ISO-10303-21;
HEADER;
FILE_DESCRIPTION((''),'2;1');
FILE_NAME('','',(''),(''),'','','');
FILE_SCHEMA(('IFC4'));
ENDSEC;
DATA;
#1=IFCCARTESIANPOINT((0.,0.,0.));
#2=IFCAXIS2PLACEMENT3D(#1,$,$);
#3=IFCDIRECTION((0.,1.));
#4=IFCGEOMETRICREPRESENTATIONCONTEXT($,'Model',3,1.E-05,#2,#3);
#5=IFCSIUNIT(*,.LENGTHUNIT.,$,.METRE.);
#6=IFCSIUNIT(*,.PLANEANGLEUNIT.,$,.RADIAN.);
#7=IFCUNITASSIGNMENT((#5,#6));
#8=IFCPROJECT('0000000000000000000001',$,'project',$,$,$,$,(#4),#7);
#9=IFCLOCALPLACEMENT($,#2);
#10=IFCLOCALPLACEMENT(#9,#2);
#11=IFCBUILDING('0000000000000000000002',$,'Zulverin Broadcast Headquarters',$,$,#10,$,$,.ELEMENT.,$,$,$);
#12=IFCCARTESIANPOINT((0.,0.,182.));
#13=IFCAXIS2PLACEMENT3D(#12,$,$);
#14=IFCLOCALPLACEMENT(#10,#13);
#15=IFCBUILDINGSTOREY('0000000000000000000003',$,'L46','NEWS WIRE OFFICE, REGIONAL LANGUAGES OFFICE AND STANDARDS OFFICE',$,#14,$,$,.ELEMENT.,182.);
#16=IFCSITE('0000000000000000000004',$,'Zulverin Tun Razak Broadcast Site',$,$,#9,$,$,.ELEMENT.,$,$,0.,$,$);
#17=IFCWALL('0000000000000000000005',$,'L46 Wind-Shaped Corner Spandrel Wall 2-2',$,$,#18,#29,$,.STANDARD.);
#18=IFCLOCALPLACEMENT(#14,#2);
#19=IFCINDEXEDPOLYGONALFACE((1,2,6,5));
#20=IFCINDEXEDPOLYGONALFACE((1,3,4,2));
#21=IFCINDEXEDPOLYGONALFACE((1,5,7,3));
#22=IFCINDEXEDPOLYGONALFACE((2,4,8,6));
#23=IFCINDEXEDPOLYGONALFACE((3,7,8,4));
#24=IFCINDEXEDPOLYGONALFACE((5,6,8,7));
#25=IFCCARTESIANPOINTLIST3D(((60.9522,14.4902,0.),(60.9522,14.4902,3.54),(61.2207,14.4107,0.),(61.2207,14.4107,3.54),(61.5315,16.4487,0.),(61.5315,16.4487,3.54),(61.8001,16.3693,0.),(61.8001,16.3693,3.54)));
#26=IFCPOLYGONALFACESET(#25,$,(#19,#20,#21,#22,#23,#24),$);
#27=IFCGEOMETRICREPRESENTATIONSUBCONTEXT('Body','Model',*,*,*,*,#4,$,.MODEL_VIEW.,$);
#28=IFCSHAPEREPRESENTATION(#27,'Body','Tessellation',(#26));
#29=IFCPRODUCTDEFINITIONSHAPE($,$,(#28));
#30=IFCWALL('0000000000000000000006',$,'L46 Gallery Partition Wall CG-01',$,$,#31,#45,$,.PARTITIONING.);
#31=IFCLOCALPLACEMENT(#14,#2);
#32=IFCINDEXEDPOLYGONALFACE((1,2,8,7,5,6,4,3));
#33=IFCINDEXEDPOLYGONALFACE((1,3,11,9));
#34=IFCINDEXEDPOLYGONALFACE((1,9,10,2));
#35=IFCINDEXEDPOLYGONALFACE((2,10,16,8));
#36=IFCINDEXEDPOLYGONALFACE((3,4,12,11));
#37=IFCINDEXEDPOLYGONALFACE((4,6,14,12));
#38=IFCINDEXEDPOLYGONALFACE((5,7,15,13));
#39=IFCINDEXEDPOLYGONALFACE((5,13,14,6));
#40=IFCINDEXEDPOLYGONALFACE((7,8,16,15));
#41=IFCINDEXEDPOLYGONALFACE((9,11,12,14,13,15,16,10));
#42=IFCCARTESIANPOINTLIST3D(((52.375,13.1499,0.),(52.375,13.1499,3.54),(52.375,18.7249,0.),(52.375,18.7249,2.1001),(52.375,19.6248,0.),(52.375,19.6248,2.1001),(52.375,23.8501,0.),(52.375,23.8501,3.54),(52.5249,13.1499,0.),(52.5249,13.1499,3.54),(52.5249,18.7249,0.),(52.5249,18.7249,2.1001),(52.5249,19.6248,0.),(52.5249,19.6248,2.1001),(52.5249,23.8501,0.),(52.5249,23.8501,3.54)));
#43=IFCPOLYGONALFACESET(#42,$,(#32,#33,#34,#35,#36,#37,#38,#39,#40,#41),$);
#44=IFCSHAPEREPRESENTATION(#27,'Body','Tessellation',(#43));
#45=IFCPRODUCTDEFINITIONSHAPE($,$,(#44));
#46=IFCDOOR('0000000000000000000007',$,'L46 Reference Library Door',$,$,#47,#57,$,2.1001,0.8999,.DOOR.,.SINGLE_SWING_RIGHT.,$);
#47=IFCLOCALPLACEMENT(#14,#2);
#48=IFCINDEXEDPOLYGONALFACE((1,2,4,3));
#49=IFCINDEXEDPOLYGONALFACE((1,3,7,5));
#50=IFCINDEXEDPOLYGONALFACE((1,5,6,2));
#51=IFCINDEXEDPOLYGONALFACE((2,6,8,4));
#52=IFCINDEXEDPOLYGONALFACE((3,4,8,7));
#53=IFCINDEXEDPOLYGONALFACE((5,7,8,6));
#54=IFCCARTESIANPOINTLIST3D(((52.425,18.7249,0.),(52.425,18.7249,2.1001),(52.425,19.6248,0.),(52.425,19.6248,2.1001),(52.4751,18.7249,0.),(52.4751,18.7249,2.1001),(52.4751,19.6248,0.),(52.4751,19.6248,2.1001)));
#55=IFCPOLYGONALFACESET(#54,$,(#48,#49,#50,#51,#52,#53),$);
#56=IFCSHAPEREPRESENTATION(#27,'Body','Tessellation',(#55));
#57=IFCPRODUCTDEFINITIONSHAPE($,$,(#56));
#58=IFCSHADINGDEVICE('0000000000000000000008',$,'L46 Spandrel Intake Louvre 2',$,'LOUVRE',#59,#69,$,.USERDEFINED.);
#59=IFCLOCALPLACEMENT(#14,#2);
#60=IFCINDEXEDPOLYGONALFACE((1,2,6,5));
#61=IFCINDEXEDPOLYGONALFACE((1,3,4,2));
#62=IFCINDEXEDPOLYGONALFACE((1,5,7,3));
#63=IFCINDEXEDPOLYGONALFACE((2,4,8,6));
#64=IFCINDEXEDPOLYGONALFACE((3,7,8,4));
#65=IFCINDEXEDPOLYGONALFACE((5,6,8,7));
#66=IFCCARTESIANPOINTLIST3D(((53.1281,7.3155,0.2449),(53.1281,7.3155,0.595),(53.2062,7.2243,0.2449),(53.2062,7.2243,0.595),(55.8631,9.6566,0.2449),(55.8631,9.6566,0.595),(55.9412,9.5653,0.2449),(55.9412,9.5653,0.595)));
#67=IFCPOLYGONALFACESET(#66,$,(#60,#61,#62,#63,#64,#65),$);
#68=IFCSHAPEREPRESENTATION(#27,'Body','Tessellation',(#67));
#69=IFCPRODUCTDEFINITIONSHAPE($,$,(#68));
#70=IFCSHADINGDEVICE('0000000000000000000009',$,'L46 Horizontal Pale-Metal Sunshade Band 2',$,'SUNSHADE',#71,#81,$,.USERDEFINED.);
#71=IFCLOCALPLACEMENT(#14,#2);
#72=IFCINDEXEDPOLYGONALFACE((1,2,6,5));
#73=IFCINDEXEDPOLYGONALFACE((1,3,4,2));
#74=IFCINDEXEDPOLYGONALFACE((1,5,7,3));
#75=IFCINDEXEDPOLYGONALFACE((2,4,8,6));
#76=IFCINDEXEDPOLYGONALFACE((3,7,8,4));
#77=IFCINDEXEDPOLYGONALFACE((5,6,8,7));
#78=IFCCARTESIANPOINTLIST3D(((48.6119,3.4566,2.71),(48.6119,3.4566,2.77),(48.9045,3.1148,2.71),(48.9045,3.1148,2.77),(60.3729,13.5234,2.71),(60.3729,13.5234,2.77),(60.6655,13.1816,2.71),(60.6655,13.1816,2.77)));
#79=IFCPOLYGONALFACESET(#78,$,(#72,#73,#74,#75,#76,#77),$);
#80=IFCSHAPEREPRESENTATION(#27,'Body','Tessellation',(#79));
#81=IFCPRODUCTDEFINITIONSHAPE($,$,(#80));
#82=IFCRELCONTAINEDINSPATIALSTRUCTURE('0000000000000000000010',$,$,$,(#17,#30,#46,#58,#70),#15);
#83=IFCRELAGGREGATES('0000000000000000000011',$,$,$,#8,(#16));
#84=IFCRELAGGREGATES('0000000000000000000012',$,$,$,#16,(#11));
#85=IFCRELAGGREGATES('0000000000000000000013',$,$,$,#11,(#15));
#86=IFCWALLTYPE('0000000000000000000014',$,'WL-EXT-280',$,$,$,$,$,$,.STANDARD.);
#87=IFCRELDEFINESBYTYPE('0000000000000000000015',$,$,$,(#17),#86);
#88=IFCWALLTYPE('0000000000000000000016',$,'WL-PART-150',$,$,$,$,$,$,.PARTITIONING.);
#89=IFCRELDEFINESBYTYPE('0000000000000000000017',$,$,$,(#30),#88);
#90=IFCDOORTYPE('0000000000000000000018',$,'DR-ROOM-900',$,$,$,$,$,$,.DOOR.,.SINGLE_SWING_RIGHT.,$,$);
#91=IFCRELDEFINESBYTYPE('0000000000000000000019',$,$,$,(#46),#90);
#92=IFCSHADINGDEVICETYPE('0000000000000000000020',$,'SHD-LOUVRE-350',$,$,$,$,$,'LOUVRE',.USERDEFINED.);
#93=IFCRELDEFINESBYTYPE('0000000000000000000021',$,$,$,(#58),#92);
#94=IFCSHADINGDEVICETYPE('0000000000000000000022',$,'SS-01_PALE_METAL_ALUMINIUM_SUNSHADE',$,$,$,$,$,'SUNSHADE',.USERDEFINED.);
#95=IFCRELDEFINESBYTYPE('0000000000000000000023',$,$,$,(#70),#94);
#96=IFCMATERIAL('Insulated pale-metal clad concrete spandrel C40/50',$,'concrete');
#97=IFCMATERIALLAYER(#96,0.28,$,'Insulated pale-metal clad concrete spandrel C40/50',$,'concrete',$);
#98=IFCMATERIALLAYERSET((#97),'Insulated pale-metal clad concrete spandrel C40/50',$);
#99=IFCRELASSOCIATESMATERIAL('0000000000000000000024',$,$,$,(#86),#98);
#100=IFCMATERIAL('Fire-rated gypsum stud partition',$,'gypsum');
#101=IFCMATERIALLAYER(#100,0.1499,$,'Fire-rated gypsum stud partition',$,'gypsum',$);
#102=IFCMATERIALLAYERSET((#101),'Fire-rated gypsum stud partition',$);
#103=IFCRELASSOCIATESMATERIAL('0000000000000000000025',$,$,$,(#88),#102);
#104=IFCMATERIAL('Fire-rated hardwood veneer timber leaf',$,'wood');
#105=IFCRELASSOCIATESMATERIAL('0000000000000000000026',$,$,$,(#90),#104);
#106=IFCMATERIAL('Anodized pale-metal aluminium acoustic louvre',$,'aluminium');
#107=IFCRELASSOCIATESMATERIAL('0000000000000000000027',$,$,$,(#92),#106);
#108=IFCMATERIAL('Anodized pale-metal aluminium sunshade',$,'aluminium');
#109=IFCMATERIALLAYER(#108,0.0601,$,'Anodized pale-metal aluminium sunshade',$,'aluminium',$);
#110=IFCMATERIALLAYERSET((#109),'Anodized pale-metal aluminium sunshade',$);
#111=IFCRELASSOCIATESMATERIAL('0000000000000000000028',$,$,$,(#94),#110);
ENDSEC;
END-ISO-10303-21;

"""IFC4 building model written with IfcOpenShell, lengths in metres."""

from ifc_helpers import new_model, si_unit, direction, frame, frame_2d, origin, origin_2d, place, context, subcontext, project, spatial, rectangle, extrude, material, layer, layer_set, type_object, element, fill, save


model = new_model("IFC4")

# Units and contexts
model_context = context("Model", 3, precision=1e-05, world=origin(), true_north=direction((0.0, 1.0)))
body_context = subcontext(model_context, "Body", "Model", "MODEL_VIEW")
ifc_project = project(units=[si_unit("LENGTHUNIT", "METRE"), si_unit("PLANEANGLEUNIT", "RADIAN")], contexts=[model_context])

# Site, building, storey
site_placement = place(None, origin())
site = spatial("IfcSite", under=ifc_project, at=site_placement, Name="Zulverin Tun Razak Broadcast Site", CompositionType="ELEMENT", RefElevation=0.0)
building_placement = place(site_placement, origin())
building = spatial("IfcBuilding", under=site, at=building_placement, Name="Zulverin Broadcast Headquarters", CompositionType="ELEMENT")
storey_placement = place(building_placement, frame((0.0, 0.0, 182.0)))
storey = spatial("IfcBuildingStorey", under=building, at=storey_placement, Name="L46", Description="NEWS WIRE OFFICE, REGIONAL LANGUAGES OFFICE AND STANDARDS OFFICE", CompositionType="ELEMENT", Elevation=182.0)

# Shared definitions
ifc_material_1 = material(Name="Insulated pale-metal clad concrete spandrel C40/50", Category="concrete")
ifc_layer_1 = layer(ifc_material_1, 0.28, Name="Insulated pale-metal clad concrete spandrel C40/50", Category="concrete")
ifc_layer_set_1 = layer_set([ifc_layer_1], Name="Insulated pale-metal clad concrete spandrel C40/50")
wall_type_1 = type_object("IfcWallType", Name="WL-EXT-280", PredefinedType="STANDARD", material=ifc_layer_set_1)

# Wall
wall_1_placement = place(storey_placement, frame((61.0864, 14.4504, 0.0), z_axis=(0.0, 0.0, 1.0), x_axis=(0.283661, 0.958925, 0.0)))
element("IfcWall", 1, at=wall_1_placement, inside=storey, type_object=wall_type_1, Name="L46 Wind-Shaped Corner Spandrel Wall 2-2", PredefinedType="STANDARD", context=body_context, shape_type="SweptSolid", body=[
    extrude(rectangle(XDim=2.0425, YDim=0.28, at=frame_2d((1.0212, 0.0))), origin(), (0.0, 0.0, 1.0), 3.54),
])

# Wall, opening, door
ifc_material_2 = material(Name="Fire-rated gypsum stud partition", Category="gypsum")
ifc_layer_2 = layer(ifc_material_2, 0.1499, Name="Fire-rated gypsum stud partition", Category="gypsum")
ifc_layer_set_2 = layer_set([ifc_layer_2], Name="Fire-rated gypsum stud partition")
wall_type_2 = type_object("IfcWallType", Name="WL-PART-150", PredefinedType="PARTITIONING", material=ifc_layer_set_2)
wall_2_placement = place(storey_placement, frame((52.45, 13.1499, 0.0), z_axis=(0.0, 0.0, 1.0), x_axis=(0.0, 1.0, 0.0)))
wall_2 = element("IfcWall", 2, at=wall_2_placement, inside=storey, type_object=wall_type_2, Name="L46 Gallery Partition Wall CG-01", PredefinedType="PARTITIONING", context=body_context, shape_type="SweptSolid", body=[
    extrude(rectangle(XDim=10.7002, YDim=0.1499, at=frame_2d((5.3501, 0.0))), origin(), (0.0, 0.0, 1.0), 3.54),
])
opening_1_placement = place(wall_2_placement, frame((5.575, 0.0, 0.0)))
opening_1 = element("IfcOpeningElement", 3, at=opening_1_placement, cuts=wall_2, PredefinedType="OPENING", context=body_context, shape_type="SweptSolid", body=[
    extrude(rectangle(XDim=0.8999, YDim=2.1001, at=frame_2d((0.45, 1.05))), frame((0.0, 0.085, 0.0), z_axis=(0.0, -1.0, 0.0), x_axis=(1.0, 0.0, 0.0)), (0.0, 0.0, 1.0), 0.1699),
])
ifc_material_3 = material(Name="Fire-rated hardwood veneer timber leaf", Category="wood")
door_type_1 = type_object("IfcDoorType", Name="DR-ROOM-900", OperationType="SINGLE_SWING_RIGHT", PredefinedType="DOOR", material=ifc_material_3)
door_1_placement = place(opening_1_placement, origin())
door_1 = element("IfcDoor", 4, at=door_1_placement, inside=storey, type_object=door_type_1, Name="L46 Reference Library Door", OperationType="SINGLE_SWING_RIGHT", OverallHeight=2.1001, OverallWidth=0.8999, PredefinedType="DOOR", context=body_context, shape_type="SweptSolid", body=[
    extrude(rectangle(XDim=0.8999, YDim=2.1001, at=frame_2d((0.45, 1.05))), frame((0.0, 0.0249, 0.0), z_axis=(0.0, -1.0, 0.0), x_axis=(1.0, 0.0, 0.0)), (0.0, 0.0, 1.0), 0.05),
])
fill(opening_1, door_1)

# Shading devices
ifc_material_4 = material(Name="Anodized pale-metal aluminium acoustic louvre", Category="aluminium")
shading_device_type_1 = type_object("IfcShadingDeviceType", Name="SHD-LOUVRE-350", ElementType="LOUVRE", PredefinedType="USERDEFINED", material=ifc_material_4)
shading_device_1_placement = place(storey_placement, frame((54.5347, 8.4404, 0.2449), z_axis=(0.0, 0.0, 1.0), x_axis=(0.759706, 0.650267, 0.0)))
element("IfcShadingDevice", 5, at=shading_device_1_placement, inside=storey, type_object=shading_device_type_1, Name="L46 Spandrel Intake Louvre 2", ObjectType="LOUVRE", PredefinedType="USERDEFINED", context=body_context, shape_type="SweptSolid", body=[
    extrude(rectangle(XDim=3.6001, YDim=0.1201, at=origin_2d()), origin(), (0.0, 0.0, 1.0), 0.3501),
])
ifc_material_5 = material(Name="Anodized pale-metal aluminium sunshade", Category="aluminium")
ifc_layer_3 = layer(ifc_material_5, 0.0601, Name="Anodized pale-metal aluminium sunshade", Category="aluminium")
ifc_layer_set_3 = layer_set([ifc_layer_3], Name="Anodized pale-metal aluminium sunshade")
shading_device_type_2 = type_object("IfcShadingDeviceType", Name="SS-01_PALE_METAL_ALUMINIUM_SUNSHADE", ElementType="SUNSHADE", PredefinedType="USERDEFINED", material=ifc_layer_set_3)
shading_device_2_placement = place(storey_placement, frame((54.6387, 8.3191, 2.71), z_axis=(0.0, 0.0, 1.0), x_axis=(0.759706, 0.650267, 0.0)))
element("IfcShadingDevice", 6, at=shading_device_2_placement, inside=storey, type_object=shading_device_type_2, Name="L46 Horizontal Pale-Metal Sunshade Band 2", ObjectType="SUNSHADE", PredefinedType="USERDEFINED", context=body_context, shape_type="SweptSolid", body=[
    extrude(rectangle(XDim=15.481, YDim=0.45, at=origin_2d()), origin(), (0.0, 0.0, 1.0), 0.0601),
])

save(model, "model.ifc")
